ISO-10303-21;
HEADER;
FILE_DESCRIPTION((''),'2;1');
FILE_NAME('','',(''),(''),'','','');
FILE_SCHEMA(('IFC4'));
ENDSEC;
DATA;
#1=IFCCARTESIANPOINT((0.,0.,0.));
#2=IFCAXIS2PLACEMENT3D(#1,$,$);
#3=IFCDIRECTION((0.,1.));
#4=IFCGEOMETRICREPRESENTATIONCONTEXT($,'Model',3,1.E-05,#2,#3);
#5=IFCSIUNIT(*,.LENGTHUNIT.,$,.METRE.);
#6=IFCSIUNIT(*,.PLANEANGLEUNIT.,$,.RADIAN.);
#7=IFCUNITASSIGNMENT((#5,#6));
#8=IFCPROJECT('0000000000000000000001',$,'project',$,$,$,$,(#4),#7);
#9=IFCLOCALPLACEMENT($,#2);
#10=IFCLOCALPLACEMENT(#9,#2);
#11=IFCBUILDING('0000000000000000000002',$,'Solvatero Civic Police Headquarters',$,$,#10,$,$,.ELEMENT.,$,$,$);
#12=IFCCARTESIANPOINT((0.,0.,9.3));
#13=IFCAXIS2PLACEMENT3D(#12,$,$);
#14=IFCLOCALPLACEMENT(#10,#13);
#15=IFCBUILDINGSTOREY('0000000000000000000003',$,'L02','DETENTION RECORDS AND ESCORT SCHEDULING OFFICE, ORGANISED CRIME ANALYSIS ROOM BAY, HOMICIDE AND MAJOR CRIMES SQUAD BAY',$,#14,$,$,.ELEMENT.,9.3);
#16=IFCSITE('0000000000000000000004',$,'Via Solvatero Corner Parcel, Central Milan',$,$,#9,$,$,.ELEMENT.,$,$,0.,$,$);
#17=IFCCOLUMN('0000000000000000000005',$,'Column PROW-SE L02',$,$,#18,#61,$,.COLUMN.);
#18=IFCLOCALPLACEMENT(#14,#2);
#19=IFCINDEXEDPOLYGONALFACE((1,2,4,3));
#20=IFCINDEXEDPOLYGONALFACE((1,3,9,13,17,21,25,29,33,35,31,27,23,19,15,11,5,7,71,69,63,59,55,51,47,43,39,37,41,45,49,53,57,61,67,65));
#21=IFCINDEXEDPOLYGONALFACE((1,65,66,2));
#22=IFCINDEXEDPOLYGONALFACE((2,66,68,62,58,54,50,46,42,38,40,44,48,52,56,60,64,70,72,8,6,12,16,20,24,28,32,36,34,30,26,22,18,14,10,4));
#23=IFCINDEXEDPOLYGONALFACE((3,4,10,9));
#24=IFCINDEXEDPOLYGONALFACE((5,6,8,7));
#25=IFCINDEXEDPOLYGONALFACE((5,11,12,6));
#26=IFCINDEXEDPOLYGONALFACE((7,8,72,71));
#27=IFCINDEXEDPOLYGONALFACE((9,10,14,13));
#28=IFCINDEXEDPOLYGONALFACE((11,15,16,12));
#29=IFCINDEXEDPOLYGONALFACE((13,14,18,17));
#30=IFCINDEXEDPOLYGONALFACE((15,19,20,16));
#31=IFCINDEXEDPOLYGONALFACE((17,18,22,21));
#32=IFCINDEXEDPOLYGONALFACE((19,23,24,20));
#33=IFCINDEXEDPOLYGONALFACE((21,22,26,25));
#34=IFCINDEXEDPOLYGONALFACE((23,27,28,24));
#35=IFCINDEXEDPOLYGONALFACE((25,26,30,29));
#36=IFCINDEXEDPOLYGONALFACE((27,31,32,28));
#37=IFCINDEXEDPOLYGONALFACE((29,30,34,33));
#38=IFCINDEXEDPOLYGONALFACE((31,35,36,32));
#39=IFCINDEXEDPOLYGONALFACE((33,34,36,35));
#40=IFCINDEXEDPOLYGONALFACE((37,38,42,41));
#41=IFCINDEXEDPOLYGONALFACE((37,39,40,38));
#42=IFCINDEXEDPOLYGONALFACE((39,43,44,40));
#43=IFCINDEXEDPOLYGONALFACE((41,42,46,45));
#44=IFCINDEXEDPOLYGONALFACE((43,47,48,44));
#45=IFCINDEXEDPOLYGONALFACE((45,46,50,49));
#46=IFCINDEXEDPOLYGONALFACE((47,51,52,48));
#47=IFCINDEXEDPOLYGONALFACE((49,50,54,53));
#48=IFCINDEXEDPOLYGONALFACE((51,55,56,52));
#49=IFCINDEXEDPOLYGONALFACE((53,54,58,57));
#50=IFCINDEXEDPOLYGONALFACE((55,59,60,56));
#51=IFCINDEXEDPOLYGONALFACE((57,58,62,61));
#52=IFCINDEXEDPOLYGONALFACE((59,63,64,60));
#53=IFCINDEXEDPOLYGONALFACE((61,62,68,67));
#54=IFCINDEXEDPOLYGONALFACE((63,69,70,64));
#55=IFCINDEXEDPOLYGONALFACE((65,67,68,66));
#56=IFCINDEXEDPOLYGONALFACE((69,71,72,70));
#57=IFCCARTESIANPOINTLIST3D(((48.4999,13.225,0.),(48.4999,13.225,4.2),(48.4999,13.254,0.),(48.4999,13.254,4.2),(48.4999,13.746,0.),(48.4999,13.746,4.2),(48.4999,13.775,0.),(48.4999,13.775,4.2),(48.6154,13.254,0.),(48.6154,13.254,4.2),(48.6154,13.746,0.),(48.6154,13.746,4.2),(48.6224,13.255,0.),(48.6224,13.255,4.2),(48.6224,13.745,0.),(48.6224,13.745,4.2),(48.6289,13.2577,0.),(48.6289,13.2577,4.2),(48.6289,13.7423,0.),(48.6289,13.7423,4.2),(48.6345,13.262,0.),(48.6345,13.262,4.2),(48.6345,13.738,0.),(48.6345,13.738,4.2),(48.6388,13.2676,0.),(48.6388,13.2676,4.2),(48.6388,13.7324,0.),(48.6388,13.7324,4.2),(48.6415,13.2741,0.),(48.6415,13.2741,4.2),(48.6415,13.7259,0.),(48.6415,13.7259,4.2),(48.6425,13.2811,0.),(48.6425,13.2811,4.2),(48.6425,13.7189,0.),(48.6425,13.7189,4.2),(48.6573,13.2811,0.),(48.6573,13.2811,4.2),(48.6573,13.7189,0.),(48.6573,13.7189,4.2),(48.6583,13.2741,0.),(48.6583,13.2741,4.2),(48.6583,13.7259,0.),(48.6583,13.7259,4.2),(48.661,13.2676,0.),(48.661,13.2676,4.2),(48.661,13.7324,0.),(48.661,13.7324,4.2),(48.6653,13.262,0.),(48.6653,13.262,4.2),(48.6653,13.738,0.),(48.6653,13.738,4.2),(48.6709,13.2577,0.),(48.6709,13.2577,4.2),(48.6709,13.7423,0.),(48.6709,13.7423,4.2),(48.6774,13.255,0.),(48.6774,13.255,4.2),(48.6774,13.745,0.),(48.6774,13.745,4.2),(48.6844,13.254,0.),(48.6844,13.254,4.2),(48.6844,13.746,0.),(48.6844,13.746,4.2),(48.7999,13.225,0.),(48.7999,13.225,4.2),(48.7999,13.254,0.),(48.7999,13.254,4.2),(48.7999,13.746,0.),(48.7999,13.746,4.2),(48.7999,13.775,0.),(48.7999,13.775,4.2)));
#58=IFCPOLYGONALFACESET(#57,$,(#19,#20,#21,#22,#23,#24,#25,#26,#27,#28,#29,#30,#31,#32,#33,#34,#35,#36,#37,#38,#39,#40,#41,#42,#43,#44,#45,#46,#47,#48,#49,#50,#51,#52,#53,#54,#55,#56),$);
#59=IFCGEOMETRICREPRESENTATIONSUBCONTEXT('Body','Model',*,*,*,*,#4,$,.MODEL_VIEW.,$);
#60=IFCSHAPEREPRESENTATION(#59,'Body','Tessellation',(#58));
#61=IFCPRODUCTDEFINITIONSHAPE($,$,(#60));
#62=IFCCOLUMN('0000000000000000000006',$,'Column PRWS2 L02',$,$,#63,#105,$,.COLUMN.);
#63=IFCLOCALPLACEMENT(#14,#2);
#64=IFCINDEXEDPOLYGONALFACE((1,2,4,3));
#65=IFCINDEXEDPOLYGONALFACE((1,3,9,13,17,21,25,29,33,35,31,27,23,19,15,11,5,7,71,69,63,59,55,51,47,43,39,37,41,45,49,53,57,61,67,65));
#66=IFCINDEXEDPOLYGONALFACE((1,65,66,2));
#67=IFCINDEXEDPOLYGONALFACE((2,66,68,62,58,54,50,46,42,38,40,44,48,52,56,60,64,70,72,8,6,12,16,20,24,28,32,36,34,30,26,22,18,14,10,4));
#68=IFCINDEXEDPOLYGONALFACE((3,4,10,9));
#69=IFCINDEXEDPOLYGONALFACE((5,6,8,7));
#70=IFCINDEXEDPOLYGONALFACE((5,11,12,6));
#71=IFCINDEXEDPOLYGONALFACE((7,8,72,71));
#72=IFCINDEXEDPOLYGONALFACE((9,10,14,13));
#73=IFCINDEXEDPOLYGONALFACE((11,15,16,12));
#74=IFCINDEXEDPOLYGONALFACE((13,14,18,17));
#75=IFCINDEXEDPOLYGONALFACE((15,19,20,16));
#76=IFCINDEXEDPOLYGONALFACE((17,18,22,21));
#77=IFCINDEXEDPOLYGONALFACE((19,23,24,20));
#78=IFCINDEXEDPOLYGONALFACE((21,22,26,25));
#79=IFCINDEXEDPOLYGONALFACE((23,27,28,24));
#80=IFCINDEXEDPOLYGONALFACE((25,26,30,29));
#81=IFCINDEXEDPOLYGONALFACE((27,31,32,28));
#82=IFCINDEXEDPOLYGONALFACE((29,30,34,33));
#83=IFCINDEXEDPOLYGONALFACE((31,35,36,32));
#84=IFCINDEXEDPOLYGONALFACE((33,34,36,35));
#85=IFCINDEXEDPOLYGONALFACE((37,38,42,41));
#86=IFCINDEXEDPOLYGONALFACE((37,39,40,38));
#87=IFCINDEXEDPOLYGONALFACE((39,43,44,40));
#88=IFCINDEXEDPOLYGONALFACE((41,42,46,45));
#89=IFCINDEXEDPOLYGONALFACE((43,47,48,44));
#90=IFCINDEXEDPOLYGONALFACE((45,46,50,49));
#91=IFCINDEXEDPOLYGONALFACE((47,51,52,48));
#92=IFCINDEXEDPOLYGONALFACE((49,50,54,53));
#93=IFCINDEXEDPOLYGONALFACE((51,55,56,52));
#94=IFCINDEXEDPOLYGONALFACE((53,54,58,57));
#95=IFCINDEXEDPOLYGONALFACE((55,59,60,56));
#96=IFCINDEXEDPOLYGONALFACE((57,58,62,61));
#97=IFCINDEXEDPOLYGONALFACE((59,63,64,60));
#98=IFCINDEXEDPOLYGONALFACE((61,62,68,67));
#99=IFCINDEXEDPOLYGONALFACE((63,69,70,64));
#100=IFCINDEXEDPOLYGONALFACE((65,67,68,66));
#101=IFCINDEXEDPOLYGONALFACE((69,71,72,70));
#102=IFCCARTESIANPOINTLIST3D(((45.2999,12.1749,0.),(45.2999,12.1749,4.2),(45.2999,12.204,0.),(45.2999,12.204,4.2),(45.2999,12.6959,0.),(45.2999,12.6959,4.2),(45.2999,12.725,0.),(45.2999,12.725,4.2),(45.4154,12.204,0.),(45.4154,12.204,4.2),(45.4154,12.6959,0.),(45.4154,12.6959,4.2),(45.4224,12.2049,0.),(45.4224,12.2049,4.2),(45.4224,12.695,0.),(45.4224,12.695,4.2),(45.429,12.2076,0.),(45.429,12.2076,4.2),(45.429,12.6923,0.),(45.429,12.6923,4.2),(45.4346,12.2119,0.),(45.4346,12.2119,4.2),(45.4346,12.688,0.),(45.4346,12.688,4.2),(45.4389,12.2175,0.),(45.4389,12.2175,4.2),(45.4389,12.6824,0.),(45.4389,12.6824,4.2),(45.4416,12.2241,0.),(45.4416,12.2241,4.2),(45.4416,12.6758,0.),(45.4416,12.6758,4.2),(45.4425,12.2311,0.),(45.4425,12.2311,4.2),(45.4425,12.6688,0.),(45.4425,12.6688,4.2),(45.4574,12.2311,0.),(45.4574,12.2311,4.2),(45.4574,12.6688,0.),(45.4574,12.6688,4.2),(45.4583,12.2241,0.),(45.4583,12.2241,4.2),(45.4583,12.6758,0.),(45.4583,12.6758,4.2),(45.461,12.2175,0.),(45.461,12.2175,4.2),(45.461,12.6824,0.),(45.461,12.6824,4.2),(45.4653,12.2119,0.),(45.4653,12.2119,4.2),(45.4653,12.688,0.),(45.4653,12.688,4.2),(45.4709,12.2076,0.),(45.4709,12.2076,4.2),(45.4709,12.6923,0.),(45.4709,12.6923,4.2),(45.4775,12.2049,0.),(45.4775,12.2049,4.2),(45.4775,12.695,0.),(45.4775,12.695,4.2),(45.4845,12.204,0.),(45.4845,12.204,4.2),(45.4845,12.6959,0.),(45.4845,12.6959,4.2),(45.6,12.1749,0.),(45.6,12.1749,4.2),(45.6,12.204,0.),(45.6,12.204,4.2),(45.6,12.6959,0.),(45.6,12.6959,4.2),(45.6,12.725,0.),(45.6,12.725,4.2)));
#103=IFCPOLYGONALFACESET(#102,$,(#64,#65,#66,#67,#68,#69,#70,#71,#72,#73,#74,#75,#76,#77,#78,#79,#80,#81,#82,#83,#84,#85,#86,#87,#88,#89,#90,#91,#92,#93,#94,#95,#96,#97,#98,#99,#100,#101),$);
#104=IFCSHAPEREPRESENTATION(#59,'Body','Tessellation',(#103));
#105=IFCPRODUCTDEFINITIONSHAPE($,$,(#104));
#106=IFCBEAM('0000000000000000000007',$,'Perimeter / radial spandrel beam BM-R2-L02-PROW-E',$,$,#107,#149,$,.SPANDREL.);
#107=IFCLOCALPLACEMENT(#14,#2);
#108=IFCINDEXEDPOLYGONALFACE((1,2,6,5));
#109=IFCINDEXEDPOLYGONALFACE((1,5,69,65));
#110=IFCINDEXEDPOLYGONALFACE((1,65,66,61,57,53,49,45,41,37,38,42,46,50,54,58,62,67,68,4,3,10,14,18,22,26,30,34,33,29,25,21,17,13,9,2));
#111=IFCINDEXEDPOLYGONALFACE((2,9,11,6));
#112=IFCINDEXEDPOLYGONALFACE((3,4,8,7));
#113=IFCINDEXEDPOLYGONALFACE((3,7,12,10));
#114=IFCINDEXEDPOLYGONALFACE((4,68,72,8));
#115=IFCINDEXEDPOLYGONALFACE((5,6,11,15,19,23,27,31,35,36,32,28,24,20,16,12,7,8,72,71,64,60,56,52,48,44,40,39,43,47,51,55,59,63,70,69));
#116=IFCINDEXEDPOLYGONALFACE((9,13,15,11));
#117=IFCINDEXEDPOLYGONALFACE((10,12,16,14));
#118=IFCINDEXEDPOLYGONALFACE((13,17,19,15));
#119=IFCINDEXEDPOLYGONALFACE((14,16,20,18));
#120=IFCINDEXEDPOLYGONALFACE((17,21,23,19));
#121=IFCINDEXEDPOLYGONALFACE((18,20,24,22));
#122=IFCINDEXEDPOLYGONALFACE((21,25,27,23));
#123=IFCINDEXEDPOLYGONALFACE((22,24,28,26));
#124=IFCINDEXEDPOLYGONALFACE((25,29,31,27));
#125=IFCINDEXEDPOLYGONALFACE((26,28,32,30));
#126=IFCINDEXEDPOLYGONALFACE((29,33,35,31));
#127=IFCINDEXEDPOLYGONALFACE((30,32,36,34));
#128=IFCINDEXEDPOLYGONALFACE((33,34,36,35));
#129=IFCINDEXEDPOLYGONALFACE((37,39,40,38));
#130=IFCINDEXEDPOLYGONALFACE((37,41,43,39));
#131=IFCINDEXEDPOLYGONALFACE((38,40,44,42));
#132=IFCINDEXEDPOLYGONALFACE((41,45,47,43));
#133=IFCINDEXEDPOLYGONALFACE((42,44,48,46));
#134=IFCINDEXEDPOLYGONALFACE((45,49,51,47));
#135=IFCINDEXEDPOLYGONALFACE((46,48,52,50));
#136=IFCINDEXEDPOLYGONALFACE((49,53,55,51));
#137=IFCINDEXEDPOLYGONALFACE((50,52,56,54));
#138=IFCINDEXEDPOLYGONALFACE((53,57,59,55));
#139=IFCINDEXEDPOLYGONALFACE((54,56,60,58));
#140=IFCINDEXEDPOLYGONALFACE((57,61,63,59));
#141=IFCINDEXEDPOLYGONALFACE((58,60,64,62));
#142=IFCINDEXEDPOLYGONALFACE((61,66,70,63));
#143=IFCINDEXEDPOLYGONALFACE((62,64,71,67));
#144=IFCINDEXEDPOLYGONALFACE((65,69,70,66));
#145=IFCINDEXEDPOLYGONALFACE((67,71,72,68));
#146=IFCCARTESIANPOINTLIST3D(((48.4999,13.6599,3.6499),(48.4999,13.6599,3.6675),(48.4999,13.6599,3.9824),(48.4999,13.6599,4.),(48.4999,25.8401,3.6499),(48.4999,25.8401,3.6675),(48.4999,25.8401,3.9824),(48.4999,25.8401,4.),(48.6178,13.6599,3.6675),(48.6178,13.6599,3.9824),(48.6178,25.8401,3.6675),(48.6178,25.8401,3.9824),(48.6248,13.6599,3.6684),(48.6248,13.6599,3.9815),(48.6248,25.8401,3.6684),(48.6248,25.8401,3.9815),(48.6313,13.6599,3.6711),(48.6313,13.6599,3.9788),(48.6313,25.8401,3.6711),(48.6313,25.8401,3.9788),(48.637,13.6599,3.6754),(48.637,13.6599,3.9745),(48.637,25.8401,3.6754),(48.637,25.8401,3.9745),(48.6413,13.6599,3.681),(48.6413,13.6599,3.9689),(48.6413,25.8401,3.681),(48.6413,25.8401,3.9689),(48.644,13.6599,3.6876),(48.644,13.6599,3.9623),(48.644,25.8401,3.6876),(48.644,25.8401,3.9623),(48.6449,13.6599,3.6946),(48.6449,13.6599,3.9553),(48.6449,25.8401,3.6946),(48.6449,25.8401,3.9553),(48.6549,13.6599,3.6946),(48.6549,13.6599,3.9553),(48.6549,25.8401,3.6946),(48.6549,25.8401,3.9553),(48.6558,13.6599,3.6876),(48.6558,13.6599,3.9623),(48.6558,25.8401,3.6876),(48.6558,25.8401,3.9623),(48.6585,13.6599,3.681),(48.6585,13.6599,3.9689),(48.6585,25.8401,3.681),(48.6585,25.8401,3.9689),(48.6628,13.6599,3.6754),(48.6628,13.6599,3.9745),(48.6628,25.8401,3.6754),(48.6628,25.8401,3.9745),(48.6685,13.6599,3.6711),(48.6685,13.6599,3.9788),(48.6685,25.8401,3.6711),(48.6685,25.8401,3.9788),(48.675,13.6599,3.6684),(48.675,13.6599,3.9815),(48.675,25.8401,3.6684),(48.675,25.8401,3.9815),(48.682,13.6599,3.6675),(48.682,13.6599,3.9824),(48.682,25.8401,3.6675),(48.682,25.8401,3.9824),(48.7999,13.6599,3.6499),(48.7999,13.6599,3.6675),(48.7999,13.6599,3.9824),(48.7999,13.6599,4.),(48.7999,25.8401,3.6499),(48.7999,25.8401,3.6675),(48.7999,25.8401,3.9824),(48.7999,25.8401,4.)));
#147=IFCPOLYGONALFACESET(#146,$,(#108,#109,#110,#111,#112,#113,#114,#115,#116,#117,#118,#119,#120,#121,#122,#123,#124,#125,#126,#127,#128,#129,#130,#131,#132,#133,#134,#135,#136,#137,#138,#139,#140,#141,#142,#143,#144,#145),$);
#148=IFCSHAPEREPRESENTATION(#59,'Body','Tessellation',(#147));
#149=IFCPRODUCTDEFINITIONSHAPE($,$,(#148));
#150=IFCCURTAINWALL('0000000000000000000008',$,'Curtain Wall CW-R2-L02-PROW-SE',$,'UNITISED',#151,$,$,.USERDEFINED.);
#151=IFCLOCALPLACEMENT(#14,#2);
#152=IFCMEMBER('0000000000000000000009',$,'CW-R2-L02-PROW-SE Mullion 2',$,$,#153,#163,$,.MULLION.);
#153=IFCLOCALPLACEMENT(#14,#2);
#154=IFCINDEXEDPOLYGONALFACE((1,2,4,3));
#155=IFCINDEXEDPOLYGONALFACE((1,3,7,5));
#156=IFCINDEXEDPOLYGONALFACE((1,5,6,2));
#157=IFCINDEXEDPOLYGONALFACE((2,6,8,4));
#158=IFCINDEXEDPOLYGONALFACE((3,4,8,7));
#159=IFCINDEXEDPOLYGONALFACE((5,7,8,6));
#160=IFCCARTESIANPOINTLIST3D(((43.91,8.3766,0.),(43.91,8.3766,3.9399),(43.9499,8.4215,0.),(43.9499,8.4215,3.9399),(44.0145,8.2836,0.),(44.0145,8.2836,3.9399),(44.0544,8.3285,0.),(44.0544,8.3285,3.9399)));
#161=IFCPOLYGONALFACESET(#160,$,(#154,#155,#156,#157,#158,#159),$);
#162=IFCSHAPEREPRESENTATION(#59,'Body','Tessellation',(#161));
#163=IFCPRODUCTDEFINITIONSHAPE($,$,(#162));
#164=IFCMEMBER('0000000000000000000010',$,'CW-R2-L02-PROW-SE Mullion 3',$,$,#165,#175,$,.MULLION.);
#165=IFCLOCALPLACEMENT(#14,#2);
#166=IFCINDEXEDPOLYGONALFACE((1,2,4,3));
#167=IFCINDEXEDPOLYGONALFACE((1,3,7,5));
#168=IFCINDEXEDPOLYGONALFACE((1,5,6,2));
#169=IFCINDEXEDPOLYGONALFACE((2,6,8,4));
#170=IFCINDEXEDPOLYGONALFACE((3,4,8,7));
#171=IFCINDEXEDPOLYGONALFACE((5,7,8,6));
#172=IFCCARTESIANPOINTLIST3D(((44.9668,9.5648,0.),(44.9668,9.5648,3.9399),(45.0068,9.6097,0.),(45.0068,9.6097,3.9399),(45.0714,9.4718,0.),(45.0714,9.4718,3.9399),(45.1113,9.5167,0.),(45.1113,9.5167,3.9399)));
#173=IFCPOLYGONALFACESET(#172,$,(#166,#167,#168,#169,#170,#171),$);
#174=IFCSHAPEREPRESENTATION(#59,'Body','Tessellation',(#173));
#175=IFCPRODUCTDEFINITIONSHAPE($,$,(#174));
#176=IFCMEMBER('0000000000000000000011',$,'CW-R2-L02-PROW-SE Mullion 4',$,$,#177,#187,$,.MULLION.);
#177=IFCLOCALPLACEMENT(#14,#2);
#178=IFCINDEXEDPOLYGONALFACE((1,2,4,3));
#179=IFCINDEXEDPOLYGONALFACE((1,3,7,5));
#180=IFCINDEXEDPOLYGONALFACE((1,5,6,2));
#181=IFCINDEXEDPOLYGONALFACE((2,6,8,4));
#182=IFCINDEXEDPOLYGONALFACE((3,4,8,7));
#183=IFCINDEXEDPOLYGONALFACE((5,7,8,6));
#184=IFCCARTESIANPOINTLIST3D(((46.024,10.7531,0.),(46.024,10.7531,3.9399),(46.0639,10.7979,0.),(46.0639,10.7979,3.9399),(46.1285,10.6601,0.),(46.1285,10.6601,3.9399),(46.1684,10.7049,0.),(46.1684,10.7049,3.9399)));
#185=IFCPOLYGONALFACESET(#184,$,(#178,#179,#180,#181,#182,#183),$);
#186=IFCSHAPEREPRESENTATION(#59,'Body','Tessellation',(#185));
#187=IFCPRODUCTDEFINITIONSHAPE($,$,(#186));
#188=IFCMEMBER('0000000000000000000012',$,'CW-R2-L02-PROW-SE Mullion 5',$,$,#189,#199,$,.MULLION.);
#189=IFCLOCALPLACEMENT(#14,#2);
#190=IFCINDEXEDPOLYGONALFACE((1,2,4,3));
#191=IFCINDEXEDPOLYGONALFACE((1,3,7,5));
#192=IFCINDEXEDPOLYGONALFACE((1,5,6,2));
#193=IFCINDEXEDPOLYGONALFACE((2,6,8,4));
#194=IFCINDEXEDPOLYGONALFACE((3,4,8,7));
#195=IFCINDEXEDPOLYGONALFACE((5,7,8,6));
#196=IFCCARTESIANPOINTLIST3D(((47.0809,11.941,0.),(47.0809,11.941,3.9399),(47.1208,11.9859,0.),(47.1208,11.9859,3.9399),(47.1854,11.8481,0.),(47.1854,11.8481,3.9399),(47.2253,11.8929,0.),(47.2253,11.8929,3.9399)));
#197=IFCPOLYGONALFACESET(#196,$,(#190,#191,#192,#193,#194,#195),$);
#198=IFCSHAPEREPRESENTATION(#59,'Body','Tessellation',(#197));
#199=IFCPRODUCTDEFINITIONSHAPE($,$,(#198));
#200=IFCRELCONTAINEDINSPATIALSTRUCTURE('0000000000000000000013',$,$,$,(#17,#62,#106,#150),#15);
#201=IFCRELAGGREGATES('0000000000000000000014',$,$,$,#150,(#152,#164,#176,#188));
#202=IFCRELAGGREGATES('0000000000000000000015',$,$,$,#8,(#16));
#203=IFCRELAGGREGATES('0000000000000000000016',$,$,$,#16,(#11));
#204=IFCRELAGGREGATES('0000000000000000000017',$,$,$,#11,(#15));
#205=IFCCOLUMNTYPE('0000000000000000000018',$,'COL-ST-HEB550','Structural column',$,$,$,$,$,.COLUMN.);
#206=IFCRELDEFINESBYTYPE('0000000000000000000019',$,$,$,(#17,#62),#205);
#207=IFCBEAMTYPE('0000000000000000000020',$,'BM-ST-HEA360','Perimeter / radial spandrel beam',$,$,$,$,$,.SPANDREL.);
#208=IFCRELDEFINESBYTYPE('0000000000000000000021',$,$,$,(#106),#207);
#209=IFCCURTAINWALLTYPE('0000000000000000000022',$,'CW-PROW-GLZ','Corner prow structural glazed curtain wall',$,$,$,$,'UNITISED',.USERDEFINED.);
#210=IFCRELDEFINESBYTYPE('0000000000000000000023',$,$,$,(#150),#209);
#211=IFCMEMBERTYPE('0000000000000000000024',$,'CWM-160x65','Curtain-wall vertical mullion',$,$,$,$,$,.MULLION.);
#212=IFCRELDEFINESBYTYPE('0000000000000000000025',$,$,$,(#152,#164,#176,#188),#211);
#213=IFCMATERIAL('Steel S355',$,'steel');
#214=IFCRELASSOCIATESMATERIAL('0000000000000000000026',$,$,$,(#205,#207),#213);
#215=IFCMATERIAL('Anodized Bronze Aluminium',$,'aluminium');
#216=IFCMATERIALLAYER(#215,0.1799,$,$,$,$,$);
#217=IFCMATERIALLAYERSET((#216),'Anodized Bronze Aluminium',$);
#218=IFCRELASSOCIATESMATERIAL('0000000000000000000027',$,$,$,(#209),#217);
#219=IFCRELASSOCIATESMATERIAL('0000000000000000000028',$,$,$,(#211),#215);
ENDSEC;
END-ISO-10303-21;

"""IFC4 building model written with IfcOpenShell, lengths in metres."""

from ifc_helpers import new_model, si_unit, direction, frame, origin, origin_2d, place, context, subcontext, project, spatial, rectangle, i_section, extrude, material, layer, layer_set, material_profile, profile_set, type_object, element, aggregate, save


model = new_model("IFC4")

# Units and contexts
model_context = context("Model", 3, precision=1e-05, world=origin(), true_north=direction((0.0, 1.0)))
body_context = subcontext(model_context, "Body", "Model", "MODEL_VIEW")
ifc_project = project(units=[si_unit("LENGTHUNIT", "METRE"), si_unit("PLANEANGLEUNIT", "RADIAN")], contexts=[model_context])

# Site, building, storey
site_placement = place(None, origin())
site = spatial("IfcSite", under=ifc_project, at=site_placement, Name="Via Solvatero Corner Parcel, Central Milan", CompositionType="ELEMENT", RefElevation=0.0)
building_placement = place(site_placement, origin())
building = spatial("IfcBuilding", under=site, at=building_placement, Name="Solvatero Civic Police Headquarters", CompositionType="ELEMENT")
storey_placement = place(building_placement, frame((0.0, 0.0, 9.3)))
storey = spatial("IfcBuildingStorey", under=building, at=storey_placement, Name="L02", Description="DETENTION RECORDS AND ESCORT SCHEDULING OFFICE, ORGANISED CRIME ANALYSIS ROOM BAY, HOMICIDE AND MAJOR CRIMES SQUAD BAY", CompositionType="ELEMENT", Elevation=9.3)

# Columns
ifc_material_1 = material(Name="Steel S355", Category="steel")
ifc_material_profile_1 = material_profile(ifc_material_1, i_section(OverallWidth=0.3, OverallDepth=0.55, WebThickness=0.0149, FlangeThickness=0.0291, FilletRadius=0.0271, at=origin_2d()), Name="HEB 550")
ifc_profile_set_1 = profile_set([ifc_material_profile_1], Name="Steel S355")
column_type = type_object("IfcColumnType", Name="COL-ST-HEB550", Description="Structural column", PredefinedType="COLUMN", material=ifc_profile_set_1)
for number, where, z_axis, x_axis, name in (
    (1, (48.6499, 13.5, 0.0), (0.0, 0.0, 1.0), (1.0, 0.0, 0.0), "Column PROW-SE L02"),
    (2, (45.45, 12.45, 0.0), (0.0, 0.0, 1.0), (1.0, 0.0, 0.0), "Column PRWS2 L02"),
):
    element("IfcColumn", number, at=place(storey_placement, frame(where, z_axis=z_axis, x_axis=x_axis)), inside=storey, type_object=column_type, Name=name, PredefinedType="COLUMN", context=body_context, shape_type="SweptSolid", body=[
        extrude(i_section(OverallWidth=0.3, OverallDepth=0.55, WebThickness=0.0149, FlangeThickness=0.0291, FilletRadius=0.0271, at=origin_2d()), origin(), (0.0, 0.0, 1.0), 4.2),
    ])

# Beam
ifc_material_profile_2 = material_profile(ifc_material_1, i_section(OverallWidth=0.3, OverallDepth=0.3501, WebThickness=0.01, FlangeThickness=0.0176, FilletRadius=0.0271, at=origin_2d()), Name="HEA 360")
ifc_profile_set_2 = profile_set([ifc_material_profile_2], Name="Steel S355")
beam_type = type_object("IfcBeamType", Name="BM-ST-HEA360", Description="Perimeter / radial spandrel beam", PredefinedType="SPANDREL", material=ifc_profile_set_2)
beam_placement = place(storey_placement, frame((48.6499, 13.6599, 3.825), z_axis=(0.0, 1.0, 0.0), x_axis=(-1.0, 0.0, 0.0)))
element("IfcBeam", 3, at=beam_placement, inside=storey, type_object=beam_type, Name="Perimeter / radial spandrel beam BM-R2-L02-PROW-E", PredefinedType="SPANDREL", context=body_context, shape_type="SweptSolid", body=[
    extrude(i_section(OverallWidth=0.3, OverallDepth=0.3501, WebThickness=0.01, FlangeThickness=0.0176, FilletRadius=0.0271, at=origin_2d()), origin(), (0.0, 0.0, 1.0), 12.1802),
])

# Curtain wall, members
ifc_material_2 = material(Name="Anodized Bronze Aluminium", Category="aluminium")
ifc_layer_1 = layer(ifc_material_2, 0.1799)
ifc_layer_set_1 = layer_set([ifc_layer_1], Name="Anodized Bronze Aluminium")
curtain_wall_type = type_object("IfcCurtainWallType", Name="CW-PROW-GLZ", Description="Corner prow structural glazed curtain wall", ElementType="UNITISED", PredefinedType="USERDEFINED", material=ifc_layer_set_1)
curtain_wall_1_placement = place(storey_placement, origin())
curtain_wall_1 = element("IfcCurtainWall", 4, at=curtain_wall_1_placement, inside=storey, type_object=curtain_wall_type, Name="Curtain Wall CW-R2-L02-PROW-SE", ObjectType="UNITISED", PredefinedType="USERDEFINED")
ifc_material_profile_3 = material_profile(ifc_material_2, rectangle(XDim=0.0601, YDim=0.1399, at=origin_2d()), Name="ALU MULLION 60x140")
ifc_profile_set_3 = profile_set([ifc_material_profile_3], Name="Anodized Bronze Aluminium")
member_type_1 = type_object("IfcMemberType", Name="CWM-160x65", Description="Curtain-wall vertical mullion", PredefinedType="MULLION", material=ifc_profile_set_3)
member_1_placement = place(storey_placement, frame((43.9822, 8.3525, 0.0), z_axis=(0.0, 0.0, 1.0), x_axis=(0.66467, 0.747137, 0.0)))
member_1 = element("IfcMember", 5, at=member_1_placement, type_object=member_type_1, Name="CW-R2-L02-PROW-SE Mullion 2", PredefinedType="MULLION", context=body_context, shape_type="SweptSolid", body=[
    extrude(rectangle(XDim=0.0601, YDim=0.1399, at=origin_2d()), origin(), (0.0, 0.0, 1.0), 3.9399),
])
member_2_placement = place(storey_placement, frame((45.0391, 9.5408, 0.0), z_axis=(0.0, 0.0, 1.0), x_axis=(0.66467, 0.747137, 0.0)))
member_2 = element("IfcMember", 6, at=member_2_placement, type_object=member_type_1, Name="CW-R2-L02-PROW-SE Mullion 3", PredefinedType="MULLION", context=body_context, shape_type="SweptSolid", body=[
    extrude(rectangle(XDim=0.0601, YDim=0.1399, at=origin_2d()), origin(), (0.0, 0.0, 1.0), 3.9399),
])
member_3_placement = place(storey_placement, frame((46.0962, 10.729, 0.0), z_axis=(0.0, 0.0, 1.0), x_axis=(0.66467, 0.747137, 0.0)))
member_3 = element("IfcMember", 7, at=member_3_placement, type_object=member_type_1, Name="CW-R2-L02-PROW-SE Mullion 4", PredefinedType="MULLION", context=body_context, shape_type="SweptSolid", body=[
    extrude(rectangle(XDim=0.0601, YDim=0.1399, at=origin_2d()), origin(), (0.0, 0.0, 1.0), 3.9399),
])
member_4_placement = place(storey_placement, frame((47.1531, 11.917, 0.0), z_axis=(0.0, 0.0, 1.0), x_axis=(0.66467, 0.747137, 0.0)))
member_4 = element("IfcMember", 8, at=member_4_placement, type_object=member_type_1, Name="CW-R2-L02-PROW-SE Mullion 5", PredefinedType="MULLION", context=body_context, shape_type="SweptSolid", body=[
    extrude(rectangle(XDim=0.0601, YDim=0.1399, at=origin_2d()), origin(), (0.0, 0.0, 1.0), 3.9399),
])

aggregate(curtain_wall_1, [member_1, member_2, member_3, member_4])

save(model, "model.ifc")
